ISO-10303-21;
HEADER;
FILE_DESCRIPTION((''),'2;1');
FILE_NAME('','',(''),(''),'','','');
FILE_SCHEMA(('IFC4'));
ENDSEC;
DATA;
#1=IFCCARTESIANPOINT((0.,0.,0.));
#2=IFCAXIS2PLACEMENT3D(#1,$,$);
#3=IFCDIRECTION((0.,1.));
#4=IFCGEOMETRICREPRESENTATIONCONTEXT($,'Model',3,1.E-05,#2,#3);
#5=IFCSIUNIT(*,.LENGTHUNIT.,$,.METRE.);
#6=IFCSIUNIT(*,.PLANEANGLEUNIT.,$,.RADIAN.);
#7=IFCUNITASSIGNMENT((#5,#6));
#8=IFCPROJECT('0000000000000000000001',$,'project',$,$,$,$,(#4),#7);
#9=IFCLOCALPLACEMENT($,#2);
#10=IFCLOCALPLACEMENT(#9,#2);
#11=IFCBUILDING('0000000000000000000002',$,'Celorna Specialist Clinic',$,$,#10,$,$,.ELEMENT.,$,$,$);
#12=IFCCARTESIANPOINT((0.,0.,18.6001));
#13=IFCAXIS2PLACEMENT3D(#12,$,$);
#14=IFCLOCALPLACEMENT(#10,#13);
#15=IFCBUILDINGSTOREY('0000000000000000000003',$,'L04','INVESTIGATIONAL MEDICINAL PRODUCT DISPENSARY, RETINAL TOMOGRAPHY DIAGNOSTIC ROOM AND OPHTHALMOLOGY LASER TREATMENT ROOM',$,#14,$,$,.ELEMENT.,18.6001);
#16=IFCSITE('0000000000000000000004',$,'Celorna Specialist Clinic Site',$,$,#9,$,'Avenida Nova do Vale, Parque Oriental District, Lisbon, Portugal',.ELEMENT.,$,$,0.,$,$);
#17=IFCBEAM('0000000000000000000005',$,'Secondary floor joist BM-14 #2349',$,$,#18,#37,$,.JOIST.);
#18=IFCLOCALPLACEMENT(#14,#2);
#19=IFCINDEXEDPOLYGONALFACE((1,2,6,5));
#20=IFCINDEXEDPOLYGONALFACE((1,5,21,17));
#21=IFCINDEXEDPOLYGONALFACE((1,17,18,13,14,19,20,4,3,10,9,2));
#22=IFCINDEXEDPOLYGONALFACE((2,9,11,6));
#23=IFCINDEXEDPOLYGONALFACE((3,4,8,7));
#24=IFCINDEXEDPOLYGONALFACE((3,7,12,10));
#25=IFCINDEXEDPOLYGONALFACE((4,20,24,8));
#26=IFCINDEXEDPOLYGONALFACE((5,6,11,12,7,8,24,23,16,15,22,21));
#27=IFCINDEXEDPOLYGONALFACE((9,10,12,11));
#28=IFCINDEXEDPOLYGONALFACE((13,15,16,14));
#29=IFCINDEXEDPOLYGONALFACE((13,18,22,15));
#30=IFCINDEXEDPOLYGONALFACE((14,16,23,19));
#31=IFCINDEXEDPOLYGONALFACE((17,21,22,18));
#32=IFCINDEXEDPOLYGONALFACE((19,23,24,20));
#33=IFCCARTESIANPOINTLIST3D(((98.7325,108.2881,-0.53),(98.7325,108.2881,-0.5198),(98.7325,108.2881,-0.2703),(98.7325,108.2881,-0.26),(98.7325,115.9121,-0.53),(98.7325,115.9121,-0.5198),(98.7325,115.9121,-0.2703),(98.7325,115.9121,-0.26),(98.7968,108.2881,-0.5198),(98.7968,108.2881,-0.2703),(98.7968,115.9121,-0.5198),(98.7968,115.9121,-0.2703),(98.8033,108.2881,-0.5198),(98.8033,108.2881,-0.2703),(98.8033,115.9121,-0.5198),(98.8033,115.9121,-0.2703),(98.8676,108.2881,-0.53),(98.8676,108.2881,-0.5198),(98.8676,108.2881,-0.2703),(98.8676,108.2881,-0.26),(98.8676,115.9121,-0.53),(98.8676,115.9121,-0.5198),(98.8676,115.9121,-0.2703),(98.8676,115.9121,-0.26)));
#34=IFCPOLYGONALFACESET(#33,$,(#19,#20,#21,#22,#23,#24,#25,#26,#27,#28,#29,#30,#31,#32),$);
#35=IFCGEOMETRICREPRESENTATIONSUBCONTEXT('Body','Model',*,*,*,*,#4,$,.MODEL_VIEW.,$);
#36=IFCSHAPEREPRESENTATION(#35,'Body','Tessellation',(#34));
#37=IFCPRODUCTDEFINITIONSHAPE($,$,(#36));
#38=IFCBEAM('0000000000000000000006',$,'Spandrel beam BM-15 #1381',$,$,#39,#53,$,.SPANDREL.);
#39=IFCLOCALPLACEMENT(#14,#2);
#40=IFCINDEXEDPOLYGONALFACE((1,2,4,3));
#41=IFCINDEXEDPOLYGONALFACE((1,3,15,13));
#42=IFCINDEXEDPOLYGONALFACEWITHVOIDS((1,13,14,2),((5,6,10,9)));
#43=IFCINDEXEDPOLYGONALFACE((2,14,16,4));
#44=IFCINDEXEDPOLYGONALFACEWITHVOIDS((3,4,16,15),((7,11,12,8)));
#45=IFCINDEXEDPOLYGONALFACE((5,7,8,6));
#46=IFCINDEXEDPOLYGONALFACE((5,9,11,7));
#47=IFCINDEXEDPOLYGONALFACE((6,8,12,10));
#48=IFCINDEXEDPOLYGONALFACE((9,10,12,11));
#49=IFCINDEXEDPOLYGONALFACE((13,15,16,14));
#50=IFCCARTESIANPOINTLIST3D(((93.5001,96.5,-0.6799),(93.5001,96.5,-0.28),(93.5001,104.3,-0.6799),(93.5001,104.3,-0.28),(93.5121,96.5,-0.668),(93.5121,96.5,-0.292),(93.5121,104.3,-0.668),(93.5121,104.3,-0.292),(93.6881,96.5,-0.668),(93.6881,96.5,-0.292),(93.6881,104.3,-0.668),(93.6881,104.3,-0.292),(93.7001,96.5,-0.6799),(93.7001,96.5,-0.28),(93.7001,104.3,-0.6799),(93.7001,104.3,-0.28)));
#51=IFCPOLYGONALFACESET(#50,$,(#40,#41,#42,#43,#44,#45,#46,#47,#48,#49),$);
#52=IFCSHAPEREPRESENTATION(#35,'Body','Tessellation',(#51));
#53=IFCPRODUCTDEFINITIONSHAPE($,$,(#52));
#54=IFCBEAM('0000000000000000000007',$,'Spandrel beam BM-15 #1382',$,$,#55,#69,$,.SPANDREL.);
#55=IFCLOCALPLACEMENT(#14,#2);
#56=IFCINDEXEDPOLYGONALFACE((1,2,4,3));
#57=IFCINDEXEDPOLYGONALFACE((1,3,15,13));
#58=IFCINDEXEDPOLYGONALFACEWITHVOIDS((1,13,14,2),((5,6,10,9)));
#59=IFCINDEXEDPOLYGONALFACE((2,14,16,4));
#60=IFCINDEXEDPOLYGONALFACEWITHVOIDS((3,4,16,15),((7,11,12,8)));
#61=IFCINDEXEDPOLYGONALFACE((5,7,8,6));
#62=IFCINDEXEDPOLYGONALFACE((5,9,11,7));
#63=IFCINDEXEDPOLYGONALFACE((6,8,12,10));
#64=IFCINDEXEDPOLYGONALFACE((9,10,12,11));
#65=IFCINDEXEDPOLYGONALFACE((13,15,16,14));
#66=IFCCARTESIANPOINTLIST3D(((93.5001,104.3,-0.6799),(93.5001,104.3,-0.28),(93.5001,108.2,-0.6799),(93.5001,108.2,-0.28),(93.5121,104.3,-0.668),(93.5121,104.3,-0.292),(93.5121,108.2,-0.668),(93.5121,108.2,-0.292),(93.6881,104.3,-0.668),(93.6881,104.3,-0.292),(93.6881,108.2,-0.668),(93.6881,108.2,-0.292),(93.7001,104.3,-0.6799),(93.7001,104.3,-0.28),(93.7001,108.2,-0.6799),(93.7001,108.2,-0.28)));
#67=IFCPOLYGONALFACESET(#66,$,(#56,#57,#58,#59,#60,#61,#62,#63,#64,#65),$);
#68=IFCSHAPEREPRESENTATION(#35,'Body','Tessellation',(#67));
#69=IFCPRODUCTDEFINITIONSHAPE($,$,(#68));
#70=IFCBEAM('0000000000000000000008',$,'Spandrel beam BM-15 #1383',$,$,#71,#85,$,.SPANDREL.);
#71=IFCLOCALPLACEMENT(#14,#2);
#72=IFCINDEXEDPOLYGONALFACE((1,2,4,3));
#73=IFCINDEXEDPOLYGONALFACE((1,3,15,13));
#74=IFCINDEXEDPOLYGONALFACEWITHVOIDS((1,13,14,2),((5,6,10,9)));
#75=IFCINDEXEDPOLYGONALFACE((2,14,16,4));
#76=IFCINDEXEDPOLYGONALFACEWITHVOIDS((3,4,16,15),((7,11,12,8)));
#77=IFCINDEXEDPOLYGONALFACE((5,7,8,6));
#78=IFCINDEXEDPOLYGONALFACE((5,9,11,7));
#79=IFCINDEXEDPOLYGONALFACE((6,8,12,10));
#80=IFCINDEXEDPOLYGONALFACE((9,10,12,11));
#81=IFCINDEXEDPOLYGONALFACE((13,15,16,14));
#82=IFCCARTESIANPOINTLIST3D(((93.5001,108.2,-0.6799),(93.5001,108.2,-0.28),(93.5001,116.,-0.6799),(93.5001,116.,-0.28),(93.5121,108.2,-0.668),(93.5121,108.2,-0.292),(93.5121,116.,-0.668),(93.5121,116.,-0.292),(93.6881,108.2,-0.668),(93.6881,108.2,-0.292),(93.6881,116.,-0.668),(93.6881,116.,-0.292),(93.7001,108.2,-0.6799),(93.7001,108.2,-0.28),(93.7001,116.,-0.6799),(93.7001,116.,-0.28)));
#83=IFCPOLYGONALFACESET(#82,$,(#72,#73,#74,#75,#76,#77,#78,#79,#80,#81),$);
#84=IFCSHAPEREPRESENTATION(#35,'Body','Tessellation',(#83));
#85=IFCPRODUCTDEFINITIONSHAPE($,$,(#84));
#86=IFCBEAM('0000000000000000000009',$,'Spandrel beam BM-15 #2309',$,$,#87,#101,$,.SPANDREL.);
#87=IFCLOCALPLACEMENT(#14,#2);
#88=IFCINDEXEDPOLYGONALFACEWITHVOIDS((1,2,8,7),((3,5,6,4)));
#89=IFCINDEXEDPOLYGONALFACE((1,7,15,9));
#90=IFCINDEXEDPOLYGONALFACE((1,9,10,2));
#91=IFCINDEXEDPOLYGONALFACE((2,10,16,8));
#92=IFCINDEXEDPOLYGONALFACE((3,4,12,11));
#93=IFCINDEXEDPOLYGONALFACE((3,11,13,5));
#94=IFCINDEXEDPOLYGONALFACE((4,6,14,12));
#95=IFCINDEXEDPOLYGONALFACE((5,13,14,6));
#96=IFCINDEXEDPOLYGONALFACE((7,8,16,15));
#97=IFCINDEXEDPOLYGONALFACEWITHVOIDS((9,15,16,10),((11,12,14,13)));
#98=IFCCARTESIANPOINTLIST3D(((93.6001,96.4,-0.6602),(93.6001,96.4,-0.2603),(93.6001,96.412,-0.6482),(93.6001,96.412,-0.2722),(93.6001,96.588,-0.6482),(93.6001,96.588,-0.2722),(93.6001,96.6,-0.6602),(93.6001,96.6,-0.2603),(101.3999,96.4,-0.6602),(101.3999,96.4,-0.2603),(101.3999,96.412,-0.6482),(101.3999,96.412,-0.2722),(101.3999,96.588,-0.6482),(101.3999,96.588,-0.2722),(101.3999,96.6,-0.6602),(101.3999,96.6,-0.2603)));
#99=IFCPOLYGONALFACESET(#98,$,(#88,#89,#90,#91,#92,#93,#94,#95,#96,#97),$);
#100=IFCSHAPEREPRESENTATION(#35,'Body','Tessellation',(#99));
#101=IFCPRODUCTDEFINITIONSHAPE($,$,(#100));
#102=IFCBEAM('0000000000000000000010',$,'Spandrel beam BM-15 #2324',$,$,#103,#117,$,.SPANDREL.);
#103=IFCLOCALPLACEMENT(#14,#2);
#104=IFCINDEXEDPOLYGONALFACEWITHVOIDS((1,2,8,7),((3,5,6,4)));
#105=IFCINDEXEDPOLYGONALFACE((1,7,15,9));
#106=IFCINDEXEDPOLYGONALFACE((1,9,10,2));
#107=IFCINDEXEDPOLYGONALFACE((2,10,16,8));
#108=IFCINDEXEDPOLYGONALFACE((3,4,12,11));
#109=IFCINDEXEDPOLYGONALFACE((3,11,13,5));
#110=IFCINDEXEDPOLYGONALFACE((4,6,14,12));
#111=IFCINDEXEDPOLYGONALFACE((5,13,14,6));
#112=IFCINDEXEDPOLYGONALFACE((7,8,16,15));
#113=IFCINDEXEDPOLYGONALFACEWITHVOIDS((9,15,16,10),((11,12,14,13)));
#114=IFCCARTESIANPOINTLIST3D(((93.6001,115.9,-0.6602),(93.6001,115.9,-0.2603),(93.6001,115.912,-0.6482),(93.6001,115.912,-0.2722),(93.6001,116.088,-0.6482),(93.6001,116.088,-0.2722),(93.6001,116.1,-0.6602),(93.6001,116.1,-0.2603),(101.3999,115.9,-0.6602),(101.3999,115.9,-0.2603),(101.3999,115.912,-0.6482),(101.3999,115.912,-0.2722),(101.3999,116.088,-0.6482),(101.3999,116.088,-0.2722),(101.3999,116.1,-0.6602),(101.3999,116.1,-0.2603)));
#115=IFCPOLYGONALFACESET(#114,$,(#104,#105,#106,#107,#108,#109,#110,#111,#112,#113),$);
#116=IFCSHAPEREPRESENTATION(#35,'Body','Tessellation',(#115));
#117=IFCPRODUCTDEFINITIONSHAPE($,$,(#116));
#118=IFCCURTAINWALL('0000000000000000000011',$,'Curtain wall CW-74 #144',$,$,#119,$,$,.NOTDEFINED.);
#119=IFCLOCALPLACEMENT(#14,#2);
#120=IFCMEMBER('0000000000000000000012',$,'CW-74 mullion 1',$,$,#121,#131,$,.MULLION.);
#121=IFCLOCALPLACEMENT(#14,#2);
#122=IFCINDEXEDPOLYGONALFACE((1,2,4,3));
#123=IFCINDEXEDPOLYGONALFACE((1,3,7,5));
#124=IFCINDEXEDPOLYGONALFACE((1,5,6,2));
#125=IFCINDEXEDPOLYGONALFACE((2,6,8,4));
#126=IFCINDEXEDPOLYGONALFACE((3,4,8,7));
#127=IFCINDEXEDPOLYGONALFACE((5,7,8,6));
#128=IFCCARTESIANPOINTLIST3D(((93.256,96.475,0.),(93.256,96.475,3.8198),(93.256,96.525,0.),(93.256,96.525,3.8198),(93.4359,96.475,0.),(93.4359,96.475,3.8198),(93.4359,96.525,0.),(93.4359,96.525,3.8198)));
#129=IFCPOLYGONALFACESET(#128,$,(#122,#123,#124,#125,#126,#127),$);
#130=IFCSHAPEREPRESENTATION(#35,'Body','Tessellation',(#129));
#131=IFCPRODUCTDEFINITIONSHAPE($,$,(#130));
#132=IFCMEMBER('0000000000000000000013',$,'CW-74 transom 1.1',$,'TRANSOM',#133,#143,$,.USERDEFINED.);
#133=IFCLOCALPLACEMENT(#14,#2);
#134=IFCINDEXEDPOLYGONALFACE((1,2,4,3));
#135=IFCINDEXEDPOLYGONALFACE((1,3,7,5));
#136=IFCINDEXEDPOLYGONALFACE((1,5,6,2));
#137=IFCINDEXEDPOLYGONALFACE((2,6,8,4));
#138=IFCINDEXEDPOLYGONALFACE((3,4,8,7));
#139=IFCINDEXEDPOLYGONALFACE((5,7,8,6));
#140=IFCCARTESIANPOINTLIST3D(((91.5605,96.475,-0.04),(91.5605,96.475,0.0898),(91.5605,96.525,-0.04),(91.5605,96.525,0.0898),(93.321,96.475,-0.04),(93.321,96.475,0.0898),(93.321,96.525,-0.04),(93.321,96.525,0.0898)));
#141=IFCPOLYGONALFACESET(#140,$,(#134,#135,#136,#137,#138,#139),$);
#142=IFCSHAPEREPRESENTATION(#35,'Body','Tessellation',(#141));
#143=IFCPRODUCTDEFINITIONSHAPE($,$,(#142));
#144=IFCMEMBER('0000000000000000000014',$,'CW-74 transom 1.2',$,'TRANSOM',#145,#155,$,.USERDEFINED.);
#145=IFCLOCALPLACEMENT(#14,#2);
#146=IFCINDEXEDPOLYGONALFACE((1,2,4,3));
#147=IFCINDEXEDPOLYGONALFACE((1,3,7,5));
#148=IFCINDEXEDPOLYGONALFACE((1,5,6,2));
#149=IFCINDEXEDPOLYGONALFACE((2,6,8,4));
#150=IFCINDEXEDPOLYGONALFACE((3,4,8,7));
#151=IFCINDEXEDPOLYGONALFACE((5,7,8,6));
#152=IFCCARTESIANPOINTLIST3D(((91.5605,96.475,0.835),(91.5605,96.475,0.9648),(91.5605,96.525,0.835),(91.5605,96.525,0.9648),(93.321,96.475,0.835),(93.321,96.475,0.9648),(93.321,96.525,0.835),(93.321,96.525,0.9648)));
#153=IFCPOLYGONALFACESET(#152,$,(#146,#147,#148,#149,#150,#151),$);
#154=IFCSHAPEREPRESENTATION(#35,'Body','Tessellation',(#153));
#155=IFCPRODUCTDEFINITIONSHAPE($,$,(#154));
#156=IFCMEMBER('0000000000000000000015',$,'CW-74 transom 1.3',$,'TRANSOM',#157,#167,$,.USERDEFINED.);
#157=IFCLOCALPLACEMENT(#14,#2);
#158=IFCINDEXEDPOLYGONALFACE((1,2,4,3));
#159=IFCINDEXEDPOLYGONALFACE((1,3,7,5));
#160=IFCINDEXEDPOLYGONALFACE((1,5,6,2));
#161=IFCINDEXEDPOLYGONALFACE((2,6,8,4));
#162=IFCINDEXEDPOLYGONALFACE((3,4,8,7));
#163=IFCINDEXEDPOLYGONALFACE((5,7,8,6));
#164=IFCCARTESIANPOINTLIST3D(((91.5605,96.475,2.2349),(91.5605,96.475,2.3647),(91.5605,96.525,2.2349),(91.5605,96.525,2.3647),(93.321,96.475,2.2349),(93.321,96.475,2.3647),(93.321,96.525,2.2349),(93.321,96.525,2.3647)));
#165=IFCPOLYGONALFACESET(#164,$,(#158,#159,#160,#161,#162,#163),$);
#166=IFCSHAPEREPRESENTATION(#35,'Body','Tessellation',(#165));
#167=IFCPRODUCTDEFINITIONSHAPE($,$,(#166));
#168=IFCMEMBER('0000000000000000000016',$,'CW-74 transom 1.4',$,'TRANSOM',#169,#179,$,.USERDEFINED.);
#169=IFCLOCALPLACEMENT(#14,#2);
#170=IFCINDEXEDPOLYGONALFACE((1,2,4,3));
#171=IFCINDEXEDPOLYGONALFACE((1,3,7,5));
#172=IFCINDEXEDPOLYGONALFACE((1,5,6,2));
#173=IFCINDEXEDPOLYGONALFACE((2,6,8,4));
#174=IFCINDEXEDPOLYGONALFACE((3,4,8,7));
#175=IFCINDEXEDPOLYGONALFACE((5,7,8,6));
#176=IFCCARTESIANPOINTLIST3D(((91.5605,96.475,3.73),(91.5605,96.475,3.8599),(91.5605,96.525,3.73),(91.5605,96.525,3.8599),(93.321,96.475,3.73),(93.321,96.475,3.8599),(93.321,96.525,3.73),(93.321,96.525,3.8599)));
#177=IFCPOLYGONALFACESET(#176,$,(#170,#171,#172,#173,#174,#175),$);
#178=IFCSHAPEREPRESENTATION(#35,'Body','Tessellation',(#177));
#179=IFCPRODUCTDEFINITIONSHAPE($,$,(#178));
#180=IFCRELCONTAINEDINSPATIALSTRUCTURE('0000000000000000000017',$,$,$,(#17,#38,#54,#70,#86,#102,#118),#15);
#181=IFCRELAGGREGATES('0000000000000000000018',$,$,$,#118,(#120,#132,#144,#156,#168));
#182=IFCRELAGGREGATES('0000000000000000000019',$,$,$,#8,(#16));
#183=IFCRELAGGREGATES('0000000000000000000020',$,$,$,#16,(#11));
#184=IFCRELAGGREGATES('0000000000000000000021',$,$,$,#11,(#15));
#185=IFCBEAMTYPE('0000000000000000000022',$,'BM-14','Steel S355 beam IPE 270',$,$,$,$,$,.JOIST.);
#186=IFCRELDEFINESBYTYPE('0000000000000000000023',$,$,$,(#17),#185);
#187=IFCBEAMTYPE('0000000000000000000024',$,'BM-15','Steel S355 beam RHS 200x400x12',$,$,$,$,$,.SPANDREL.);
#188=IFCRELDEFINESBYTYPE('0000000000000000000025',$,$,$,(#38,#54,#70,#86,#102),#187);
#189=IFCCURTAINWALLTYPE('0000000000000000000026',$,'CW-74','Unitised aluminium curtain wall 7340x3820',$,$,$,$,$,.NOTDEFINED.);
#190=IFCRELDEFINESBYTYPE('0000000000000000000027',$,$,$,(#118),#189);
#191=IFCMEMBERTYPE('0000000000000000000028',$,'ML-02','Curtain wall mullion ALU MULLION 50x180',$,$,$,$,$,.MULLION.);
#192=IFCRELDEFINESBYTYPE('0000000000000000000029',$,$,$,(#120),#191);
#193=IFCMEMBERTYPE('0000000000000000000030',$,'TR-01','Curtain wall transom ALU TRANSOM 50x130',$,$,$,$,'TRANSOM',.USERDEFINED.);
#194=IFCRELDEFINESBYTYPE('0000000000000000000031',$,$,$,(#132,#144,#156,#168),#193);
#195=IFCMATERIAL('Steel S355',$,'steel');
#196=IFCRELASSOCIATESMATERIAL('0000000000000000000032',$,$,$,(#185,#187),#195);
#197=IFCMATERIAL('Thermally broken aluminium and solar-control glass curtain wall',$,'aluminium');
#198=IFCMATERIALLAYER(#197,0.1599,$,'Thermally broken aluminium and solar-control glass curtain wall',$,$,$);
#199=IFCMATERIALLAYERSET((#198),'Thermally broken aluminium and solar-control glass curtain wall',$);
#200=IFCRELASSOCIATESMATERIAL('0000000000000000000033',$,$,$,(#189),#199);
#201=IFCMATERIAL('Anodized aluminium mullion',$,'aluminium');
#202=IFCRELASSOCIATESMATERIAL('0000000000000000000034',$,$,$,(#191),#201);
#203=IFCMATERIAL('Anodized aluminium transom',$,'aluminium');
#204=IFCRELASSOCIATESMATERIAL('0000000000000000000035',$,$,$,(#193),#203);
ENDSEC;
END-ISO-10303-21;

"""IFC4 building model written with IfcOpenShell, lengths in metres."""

from ifc_helpers import new_model, si_unit, direction, frame, origin, origin_2d, place, context, subcontext, project, spatial, rectangle, hollow_rectangle, i_section, extrude, material, layer, layer_set, material_profile, profile_set, type_object, element, aggregate, save


model = new_model("IFC4")

# Units and contexts
model_context = context("Model", 3, precision=1e-05, world=origin(), true_north=direction((0.0, 1.0)))
body_context = subcontext(model_context, "Body", "Model", "MODEL_VIEW")
ifc_project = project(units=[si_unit("LENGTHUNIT", "METRE"), si_unit("PLANEANGLEUNIT", "RADIAN")], contexts=[model_context])

# Site, building, storey
site_placement = place(None, origin())
site = spatial("IfcSite", under=ifc_project, at=site_placement, Name="Celorna Specialist Clinic Site", LongName="Avenida Nova do Vale, Parque Oriental District, Lisbon, Portugal", CompositionType="ELEMENT", RefElevation=0.0)
building_placement = place(site_placement, origin())
building = spatial("IfcBuilding", under=site, at=building_placement, Name="Celorna Specialist Clinic", CompositionType="ELEMENT")
storey_placement = place(building_placement, frame((0.0, 0.0, 18.6001)))
storey = spatial("IfcBuildingStorey", under=building, at=storey_placement, Name="L04", Description="INVESTIGATIONAL MEDICINAL PRODUCT DISPENSARY, RETINAL TOMOGRAPHY DIAGNOSTIC ROOM AND OPHTHALMOLOGY LASER TREATMENT ROOM", CompositionType="ELEMENT", Elevation=18.6001)

# Beams
ifc_material_1 = material(Name="Steel S355", Category="steel")
ifc_material_profile_1 = material_profile(ifc_material_1, i_section(OverallWidth=0.135, OverallDepth=0.27, WebThickness=0.0066, FlangeThickness=0.0103, at=origin_2d()), Name="IPE 270")
ifc_profile_set_1 = profile_set([ifc_material_profile_1], Name="Steel S355")
beam_type_1 = type_object("IfcBeamType", Name="BM-14", Description="Steel S355 beam IPE 270", PredefinedType="JOIST", material=ifc_profile_set_1)
for number, where, z_axis, x_axis, name in (
    (1, (98.8, 108.2881, -0.395), (0.0, 1.0, 0.0), (-1.0, 0.0, 0.0), "Secondary floor joist BM-14 #2349"),
):
    element("IfcBeam", number, at=place(storey_placement, frame(where, z_axis=z_axis, x_axis=x_axis)), inside=storey, type_object=beam_type_1, Name=name, PredefinedType="JOIST", context=body_context, shape_type="SweptSolid", body=[
        extrude(i_section(OverallWidth=0.135, OverallDepth=0.27, WebThickness=0.0066, FlangeThickness=0.0103, at=origin_2d()), origin(), (0.0, 0.0, 1.0), 7.624),
    ])
ifc_material_profile_2 = material_profile(ifc_material_1, hollow_rectangle(XDim=0.2, YDim=0.3999, WallThickness=0.012, at=origin_2d()), Name="RHS 200x400x12")
ifc_profile_set_2 = profile_set([ifc_material_profile_2], Name="Steel S355")
beam_type_2 = type_object("IfcBeamType", Name="BM-15", Description="Steel S355 beam RHS 200x400x12", PredefinedType="SPANDREL", material=ifc_profile_set_2)
beam_1_placement = place(storey_placement, frame((93.6001, 96.5, -0.48), z_axis=(0.0, 1.0, 0.0), x_axis=(-1.0, 0.0, 0.0)))
element("IfcBeam", 2, at=beam_1_placement, inside=storey, type_object=beam_type_2, Name="Spandrel beam BM-15 #1381", PredefinedType="SPANDREL", context=body_context, shape_type="SweptSolid", body=[
    extrude(hollow_rectangle(XDim=0.2, YDim=0.3999, WallThickness=0.012, at=origin_2d()), origin(), (0.0, 0.0, 1.0), 7.8),
])
beam_2_placement = place(storey_placement, frame((93.6001, 104.3, -0.48), z_axis=(0.0, 1.0, 0.0), x_axis=(-1.0, 0.0, 0.0)))
element("IfcBeam", 3, at=beam_2_placement, inside=storey, type_object=beam_type_2, Name="Spandrel beam BM-15 #1382", PredefinedType="SPANDREL", context=body_context, shape_type="SweptSolid", body=[
    extrude(hollow_rectangle(XDim=0.2, YDim=0.3999, WallThickness=0.012, at=origin_2d()), origin(), (0.0, 0.0, 1.0), 3.8999),
])
beam_3_placement = place(storey_placement, frame((93.6001, 108.2, -0.48), z_axis=(0.0, 1.0, 0.0), x_axis=(-1.0, 0.0, 0.0)))
element("IfcBeam", 4, at=beam_3_placement, inside=storey, type_object=beam_type_2, Name="Spandrel beam BM-15 #1383", PredefinedType="SPANDREL", context=body_context, shape_type="SweptSolid", body=[
    extrude(hollow_rectangle(XDim=0.2, YDim=0.3999, WallThickness=0.012, at=origin_2d()), origin(), (0.0, 0.0, 1.0), 7.8),
])
for number, where, z_axis, x_axis, name in (
    (5, (93.6001, 96.5, -0.4602), (1.0, 0.0, 0.0), (0.0, 1.0, 0.0), "Spandrel beam BM-15 #2309"),
    (6, (93.6001, 116.0, -0.4602), (1.0, 0.0, 0.0), (0.0, 1.0, 0.0), "Spandrel beam BM-15 #2324"),
):
    element("IfcBeam", number, at=place(storey_placement, frame(where, z_axis=z_axis, x_axis=x_axis)), inside=storey, type_object=beam_type_2, Name=name, PredefinedType="SPANDREL", context=body_context, shape_type="SweptSolid", body=[
        extrude(hollow_rectangle(XDim=0.2, YDim=0.3999, WallThickness=0.012, at=origin_2d()), origin(), (0.0, 0.0, 1.0), 7.7998),
    ])

# Curtain wall, members
ifc_material_2 = material(Name="Thermally broken aluminium and solar-control glass curtain wall", Category="aluminium")
ifc_layer_1 = layer(ifc_material_2, 0.1599, Name="Thermally broken aluminium and solar-control glass curtain wall")
ifc_layer_set_1 = layer_set([ifc_layer_1], Name="Thermally broken aluminium and solar-control glass curtain wall")
curtain_wall_type = type_object("IfcCurtainWallType", Name="CW-74", Description="Unitised aluminium curtain wall 7340x3820", PredefinedType="NOTDEFINED", material=ifc_layer_set_1)
curtain_wall_placement = place(storey_placement, origin())
curtain_wall = element("IfcCurtainWall", 7, at=curtain_wall_placement, inside=storey, type_object=curtain_wall_type, Name="Curtain wall CW-74 #144", PredefinedType="NOTDEFINED")
ifc_material_3 = material(Name="Anodized aluminium mullion", Category="aluminium")
ifc_material_profile_3 = material_profile(ifc_material_3, rectangle(XDim=0.05, YDim=0.1799, at=origin_2d()), Name="ALU MULLION 50x180")
ifc_profile_set_3 = profile_set([ifc_material_profile_3], Name="Anodized aluminium mullion")
member_type_1 = type_object("IfcMemberType", Name="ML-02", Description="Curtain wall mullion ALU MULLION 50x180", PredefinedType="MULLION", material=ifc_profile_set_3)
member_1_placement = place(storey_placement, frame((93.3459, 96.5, 0.0), z_axis=(0.0, 0.0, 1.0), x_axis=(0.0, -1.0, 0.0)))
member_1 = element("IfcMember", 8, at=member_1_placement, type_object=member_type_1, Name="CW-74 mullion 1", PredefinedType="MULLION", context=body_context, shape_type="SweptSolid", body=[
    extrude(rectangle(XDim=0.05, YDim=0.1799, at=origin_2d()), origin(), (0.0, 0.0, 1.0), 3.8198),
])
ifc_material_4 = material(Name="Anodized aluminium transom", Category="aluminium")
ifc_material_profile_4 = material_profile(ifc_material_4, rectangle(XDim=0.05, YDim=0.1299, at=origin_2d()), Name="ALU TRANSOM 50x130")
ifc_profile_set_4 = profile_set([ifc_material_profile_4], Name="Anodized aluminium transom")
member_type_2 = type_object("IfcMemberType", Name="TR-01", Description="Curtain wall transom ALU TRANSOM 50x130", ElementType="TRANSOM", PredefinedType="USERDEFINED", material=ifc_profile_set_4)
member_2_placement = place(storey_placement, frame((93.321, 96.5, 0.0249), z_axis=(-1.0, 0.0, 0.0), x_axis=(0.0, -1.0, 0.0)))
member_2 = element("IfcMember", 9, at=member_2_placement, type_object=member_type_2, Name="CW-74 transom 1.1", ObjectType="TRANSOM", PredefinedType="USERDEFINED", context=body_context, shape_type="SweptSolid", body=[
    extrude(rectangle(XDim=0.05, YDim=0.1299, at=origin_2d()), origin(), (0.0, 0.0, 1.0), 1.7605),
])
member_3_placement = place(storey_placement, frame((93.321, 96.5, 0.8999), z_axis=(-1.0, 0.0, 0.0), x_axis=(0.0, -1.0, 0.0)))
member_3 = element("IfcMember", 10, at=member_3_placement, type_object=member_type_2, Name="CW-74 transom 1.2", ObjectType="TRANSOM", PredefinedType="USERDEFINED", context=body_context, shape_type="SweptSolid", body=[
    extrude(rectangle(XDim=0.05, YDim=0.1299, at=origin_2d()), origin(), (0.0, 0.0, 1.0), 1.7605),
])
member_4_placement = place(storey_placement, frame((93.321, 96.5, 2.2998), z_axis=(-1.0, 0.0, 0.0), x_axis=(0.0, -1.0, 0.0)))
member_4 = element("IfcMember", 11, at=member_4_placement, type_object=member_type_2, Name="CW-74 transom 1.3", ObjectType="TRANSOM", PredefinedType="USERDEFINED", context=body_context, shape_type="SweptSolid", body=[
    extrude(rectangle(XDim=0.05, YDim=0.1299, at=origin_2d()), origin(), (0.0, 0.0, 1.0), 1.7605),
])
member_5_placement = place(storey_placement, frame((93.321, 96.5, 3.7949), z_axis=(-1.0, 0.0, 0.0), x_axis=(0.0, -1.0, 0.0)))
member_5 = element("IfcMember", 12, at=member_5_placement, type_object=member_type_2, Name="CW-74 transom 1.4", ObjectType="TRANSOM", PredefinedType="USERDEFINED", context=body_context, shape_type="SweptSolid", body=[
    extrude(rectangle(XDim=0.05, YDim=0.1299, at=origin_2d()), origin(), (0.0, 0.0, 1.0), 1.7605),
])
aggregate(curtain_wall, [member_1, member_2, member_3, member_4, member_5])

save(model, "model.ifc")
